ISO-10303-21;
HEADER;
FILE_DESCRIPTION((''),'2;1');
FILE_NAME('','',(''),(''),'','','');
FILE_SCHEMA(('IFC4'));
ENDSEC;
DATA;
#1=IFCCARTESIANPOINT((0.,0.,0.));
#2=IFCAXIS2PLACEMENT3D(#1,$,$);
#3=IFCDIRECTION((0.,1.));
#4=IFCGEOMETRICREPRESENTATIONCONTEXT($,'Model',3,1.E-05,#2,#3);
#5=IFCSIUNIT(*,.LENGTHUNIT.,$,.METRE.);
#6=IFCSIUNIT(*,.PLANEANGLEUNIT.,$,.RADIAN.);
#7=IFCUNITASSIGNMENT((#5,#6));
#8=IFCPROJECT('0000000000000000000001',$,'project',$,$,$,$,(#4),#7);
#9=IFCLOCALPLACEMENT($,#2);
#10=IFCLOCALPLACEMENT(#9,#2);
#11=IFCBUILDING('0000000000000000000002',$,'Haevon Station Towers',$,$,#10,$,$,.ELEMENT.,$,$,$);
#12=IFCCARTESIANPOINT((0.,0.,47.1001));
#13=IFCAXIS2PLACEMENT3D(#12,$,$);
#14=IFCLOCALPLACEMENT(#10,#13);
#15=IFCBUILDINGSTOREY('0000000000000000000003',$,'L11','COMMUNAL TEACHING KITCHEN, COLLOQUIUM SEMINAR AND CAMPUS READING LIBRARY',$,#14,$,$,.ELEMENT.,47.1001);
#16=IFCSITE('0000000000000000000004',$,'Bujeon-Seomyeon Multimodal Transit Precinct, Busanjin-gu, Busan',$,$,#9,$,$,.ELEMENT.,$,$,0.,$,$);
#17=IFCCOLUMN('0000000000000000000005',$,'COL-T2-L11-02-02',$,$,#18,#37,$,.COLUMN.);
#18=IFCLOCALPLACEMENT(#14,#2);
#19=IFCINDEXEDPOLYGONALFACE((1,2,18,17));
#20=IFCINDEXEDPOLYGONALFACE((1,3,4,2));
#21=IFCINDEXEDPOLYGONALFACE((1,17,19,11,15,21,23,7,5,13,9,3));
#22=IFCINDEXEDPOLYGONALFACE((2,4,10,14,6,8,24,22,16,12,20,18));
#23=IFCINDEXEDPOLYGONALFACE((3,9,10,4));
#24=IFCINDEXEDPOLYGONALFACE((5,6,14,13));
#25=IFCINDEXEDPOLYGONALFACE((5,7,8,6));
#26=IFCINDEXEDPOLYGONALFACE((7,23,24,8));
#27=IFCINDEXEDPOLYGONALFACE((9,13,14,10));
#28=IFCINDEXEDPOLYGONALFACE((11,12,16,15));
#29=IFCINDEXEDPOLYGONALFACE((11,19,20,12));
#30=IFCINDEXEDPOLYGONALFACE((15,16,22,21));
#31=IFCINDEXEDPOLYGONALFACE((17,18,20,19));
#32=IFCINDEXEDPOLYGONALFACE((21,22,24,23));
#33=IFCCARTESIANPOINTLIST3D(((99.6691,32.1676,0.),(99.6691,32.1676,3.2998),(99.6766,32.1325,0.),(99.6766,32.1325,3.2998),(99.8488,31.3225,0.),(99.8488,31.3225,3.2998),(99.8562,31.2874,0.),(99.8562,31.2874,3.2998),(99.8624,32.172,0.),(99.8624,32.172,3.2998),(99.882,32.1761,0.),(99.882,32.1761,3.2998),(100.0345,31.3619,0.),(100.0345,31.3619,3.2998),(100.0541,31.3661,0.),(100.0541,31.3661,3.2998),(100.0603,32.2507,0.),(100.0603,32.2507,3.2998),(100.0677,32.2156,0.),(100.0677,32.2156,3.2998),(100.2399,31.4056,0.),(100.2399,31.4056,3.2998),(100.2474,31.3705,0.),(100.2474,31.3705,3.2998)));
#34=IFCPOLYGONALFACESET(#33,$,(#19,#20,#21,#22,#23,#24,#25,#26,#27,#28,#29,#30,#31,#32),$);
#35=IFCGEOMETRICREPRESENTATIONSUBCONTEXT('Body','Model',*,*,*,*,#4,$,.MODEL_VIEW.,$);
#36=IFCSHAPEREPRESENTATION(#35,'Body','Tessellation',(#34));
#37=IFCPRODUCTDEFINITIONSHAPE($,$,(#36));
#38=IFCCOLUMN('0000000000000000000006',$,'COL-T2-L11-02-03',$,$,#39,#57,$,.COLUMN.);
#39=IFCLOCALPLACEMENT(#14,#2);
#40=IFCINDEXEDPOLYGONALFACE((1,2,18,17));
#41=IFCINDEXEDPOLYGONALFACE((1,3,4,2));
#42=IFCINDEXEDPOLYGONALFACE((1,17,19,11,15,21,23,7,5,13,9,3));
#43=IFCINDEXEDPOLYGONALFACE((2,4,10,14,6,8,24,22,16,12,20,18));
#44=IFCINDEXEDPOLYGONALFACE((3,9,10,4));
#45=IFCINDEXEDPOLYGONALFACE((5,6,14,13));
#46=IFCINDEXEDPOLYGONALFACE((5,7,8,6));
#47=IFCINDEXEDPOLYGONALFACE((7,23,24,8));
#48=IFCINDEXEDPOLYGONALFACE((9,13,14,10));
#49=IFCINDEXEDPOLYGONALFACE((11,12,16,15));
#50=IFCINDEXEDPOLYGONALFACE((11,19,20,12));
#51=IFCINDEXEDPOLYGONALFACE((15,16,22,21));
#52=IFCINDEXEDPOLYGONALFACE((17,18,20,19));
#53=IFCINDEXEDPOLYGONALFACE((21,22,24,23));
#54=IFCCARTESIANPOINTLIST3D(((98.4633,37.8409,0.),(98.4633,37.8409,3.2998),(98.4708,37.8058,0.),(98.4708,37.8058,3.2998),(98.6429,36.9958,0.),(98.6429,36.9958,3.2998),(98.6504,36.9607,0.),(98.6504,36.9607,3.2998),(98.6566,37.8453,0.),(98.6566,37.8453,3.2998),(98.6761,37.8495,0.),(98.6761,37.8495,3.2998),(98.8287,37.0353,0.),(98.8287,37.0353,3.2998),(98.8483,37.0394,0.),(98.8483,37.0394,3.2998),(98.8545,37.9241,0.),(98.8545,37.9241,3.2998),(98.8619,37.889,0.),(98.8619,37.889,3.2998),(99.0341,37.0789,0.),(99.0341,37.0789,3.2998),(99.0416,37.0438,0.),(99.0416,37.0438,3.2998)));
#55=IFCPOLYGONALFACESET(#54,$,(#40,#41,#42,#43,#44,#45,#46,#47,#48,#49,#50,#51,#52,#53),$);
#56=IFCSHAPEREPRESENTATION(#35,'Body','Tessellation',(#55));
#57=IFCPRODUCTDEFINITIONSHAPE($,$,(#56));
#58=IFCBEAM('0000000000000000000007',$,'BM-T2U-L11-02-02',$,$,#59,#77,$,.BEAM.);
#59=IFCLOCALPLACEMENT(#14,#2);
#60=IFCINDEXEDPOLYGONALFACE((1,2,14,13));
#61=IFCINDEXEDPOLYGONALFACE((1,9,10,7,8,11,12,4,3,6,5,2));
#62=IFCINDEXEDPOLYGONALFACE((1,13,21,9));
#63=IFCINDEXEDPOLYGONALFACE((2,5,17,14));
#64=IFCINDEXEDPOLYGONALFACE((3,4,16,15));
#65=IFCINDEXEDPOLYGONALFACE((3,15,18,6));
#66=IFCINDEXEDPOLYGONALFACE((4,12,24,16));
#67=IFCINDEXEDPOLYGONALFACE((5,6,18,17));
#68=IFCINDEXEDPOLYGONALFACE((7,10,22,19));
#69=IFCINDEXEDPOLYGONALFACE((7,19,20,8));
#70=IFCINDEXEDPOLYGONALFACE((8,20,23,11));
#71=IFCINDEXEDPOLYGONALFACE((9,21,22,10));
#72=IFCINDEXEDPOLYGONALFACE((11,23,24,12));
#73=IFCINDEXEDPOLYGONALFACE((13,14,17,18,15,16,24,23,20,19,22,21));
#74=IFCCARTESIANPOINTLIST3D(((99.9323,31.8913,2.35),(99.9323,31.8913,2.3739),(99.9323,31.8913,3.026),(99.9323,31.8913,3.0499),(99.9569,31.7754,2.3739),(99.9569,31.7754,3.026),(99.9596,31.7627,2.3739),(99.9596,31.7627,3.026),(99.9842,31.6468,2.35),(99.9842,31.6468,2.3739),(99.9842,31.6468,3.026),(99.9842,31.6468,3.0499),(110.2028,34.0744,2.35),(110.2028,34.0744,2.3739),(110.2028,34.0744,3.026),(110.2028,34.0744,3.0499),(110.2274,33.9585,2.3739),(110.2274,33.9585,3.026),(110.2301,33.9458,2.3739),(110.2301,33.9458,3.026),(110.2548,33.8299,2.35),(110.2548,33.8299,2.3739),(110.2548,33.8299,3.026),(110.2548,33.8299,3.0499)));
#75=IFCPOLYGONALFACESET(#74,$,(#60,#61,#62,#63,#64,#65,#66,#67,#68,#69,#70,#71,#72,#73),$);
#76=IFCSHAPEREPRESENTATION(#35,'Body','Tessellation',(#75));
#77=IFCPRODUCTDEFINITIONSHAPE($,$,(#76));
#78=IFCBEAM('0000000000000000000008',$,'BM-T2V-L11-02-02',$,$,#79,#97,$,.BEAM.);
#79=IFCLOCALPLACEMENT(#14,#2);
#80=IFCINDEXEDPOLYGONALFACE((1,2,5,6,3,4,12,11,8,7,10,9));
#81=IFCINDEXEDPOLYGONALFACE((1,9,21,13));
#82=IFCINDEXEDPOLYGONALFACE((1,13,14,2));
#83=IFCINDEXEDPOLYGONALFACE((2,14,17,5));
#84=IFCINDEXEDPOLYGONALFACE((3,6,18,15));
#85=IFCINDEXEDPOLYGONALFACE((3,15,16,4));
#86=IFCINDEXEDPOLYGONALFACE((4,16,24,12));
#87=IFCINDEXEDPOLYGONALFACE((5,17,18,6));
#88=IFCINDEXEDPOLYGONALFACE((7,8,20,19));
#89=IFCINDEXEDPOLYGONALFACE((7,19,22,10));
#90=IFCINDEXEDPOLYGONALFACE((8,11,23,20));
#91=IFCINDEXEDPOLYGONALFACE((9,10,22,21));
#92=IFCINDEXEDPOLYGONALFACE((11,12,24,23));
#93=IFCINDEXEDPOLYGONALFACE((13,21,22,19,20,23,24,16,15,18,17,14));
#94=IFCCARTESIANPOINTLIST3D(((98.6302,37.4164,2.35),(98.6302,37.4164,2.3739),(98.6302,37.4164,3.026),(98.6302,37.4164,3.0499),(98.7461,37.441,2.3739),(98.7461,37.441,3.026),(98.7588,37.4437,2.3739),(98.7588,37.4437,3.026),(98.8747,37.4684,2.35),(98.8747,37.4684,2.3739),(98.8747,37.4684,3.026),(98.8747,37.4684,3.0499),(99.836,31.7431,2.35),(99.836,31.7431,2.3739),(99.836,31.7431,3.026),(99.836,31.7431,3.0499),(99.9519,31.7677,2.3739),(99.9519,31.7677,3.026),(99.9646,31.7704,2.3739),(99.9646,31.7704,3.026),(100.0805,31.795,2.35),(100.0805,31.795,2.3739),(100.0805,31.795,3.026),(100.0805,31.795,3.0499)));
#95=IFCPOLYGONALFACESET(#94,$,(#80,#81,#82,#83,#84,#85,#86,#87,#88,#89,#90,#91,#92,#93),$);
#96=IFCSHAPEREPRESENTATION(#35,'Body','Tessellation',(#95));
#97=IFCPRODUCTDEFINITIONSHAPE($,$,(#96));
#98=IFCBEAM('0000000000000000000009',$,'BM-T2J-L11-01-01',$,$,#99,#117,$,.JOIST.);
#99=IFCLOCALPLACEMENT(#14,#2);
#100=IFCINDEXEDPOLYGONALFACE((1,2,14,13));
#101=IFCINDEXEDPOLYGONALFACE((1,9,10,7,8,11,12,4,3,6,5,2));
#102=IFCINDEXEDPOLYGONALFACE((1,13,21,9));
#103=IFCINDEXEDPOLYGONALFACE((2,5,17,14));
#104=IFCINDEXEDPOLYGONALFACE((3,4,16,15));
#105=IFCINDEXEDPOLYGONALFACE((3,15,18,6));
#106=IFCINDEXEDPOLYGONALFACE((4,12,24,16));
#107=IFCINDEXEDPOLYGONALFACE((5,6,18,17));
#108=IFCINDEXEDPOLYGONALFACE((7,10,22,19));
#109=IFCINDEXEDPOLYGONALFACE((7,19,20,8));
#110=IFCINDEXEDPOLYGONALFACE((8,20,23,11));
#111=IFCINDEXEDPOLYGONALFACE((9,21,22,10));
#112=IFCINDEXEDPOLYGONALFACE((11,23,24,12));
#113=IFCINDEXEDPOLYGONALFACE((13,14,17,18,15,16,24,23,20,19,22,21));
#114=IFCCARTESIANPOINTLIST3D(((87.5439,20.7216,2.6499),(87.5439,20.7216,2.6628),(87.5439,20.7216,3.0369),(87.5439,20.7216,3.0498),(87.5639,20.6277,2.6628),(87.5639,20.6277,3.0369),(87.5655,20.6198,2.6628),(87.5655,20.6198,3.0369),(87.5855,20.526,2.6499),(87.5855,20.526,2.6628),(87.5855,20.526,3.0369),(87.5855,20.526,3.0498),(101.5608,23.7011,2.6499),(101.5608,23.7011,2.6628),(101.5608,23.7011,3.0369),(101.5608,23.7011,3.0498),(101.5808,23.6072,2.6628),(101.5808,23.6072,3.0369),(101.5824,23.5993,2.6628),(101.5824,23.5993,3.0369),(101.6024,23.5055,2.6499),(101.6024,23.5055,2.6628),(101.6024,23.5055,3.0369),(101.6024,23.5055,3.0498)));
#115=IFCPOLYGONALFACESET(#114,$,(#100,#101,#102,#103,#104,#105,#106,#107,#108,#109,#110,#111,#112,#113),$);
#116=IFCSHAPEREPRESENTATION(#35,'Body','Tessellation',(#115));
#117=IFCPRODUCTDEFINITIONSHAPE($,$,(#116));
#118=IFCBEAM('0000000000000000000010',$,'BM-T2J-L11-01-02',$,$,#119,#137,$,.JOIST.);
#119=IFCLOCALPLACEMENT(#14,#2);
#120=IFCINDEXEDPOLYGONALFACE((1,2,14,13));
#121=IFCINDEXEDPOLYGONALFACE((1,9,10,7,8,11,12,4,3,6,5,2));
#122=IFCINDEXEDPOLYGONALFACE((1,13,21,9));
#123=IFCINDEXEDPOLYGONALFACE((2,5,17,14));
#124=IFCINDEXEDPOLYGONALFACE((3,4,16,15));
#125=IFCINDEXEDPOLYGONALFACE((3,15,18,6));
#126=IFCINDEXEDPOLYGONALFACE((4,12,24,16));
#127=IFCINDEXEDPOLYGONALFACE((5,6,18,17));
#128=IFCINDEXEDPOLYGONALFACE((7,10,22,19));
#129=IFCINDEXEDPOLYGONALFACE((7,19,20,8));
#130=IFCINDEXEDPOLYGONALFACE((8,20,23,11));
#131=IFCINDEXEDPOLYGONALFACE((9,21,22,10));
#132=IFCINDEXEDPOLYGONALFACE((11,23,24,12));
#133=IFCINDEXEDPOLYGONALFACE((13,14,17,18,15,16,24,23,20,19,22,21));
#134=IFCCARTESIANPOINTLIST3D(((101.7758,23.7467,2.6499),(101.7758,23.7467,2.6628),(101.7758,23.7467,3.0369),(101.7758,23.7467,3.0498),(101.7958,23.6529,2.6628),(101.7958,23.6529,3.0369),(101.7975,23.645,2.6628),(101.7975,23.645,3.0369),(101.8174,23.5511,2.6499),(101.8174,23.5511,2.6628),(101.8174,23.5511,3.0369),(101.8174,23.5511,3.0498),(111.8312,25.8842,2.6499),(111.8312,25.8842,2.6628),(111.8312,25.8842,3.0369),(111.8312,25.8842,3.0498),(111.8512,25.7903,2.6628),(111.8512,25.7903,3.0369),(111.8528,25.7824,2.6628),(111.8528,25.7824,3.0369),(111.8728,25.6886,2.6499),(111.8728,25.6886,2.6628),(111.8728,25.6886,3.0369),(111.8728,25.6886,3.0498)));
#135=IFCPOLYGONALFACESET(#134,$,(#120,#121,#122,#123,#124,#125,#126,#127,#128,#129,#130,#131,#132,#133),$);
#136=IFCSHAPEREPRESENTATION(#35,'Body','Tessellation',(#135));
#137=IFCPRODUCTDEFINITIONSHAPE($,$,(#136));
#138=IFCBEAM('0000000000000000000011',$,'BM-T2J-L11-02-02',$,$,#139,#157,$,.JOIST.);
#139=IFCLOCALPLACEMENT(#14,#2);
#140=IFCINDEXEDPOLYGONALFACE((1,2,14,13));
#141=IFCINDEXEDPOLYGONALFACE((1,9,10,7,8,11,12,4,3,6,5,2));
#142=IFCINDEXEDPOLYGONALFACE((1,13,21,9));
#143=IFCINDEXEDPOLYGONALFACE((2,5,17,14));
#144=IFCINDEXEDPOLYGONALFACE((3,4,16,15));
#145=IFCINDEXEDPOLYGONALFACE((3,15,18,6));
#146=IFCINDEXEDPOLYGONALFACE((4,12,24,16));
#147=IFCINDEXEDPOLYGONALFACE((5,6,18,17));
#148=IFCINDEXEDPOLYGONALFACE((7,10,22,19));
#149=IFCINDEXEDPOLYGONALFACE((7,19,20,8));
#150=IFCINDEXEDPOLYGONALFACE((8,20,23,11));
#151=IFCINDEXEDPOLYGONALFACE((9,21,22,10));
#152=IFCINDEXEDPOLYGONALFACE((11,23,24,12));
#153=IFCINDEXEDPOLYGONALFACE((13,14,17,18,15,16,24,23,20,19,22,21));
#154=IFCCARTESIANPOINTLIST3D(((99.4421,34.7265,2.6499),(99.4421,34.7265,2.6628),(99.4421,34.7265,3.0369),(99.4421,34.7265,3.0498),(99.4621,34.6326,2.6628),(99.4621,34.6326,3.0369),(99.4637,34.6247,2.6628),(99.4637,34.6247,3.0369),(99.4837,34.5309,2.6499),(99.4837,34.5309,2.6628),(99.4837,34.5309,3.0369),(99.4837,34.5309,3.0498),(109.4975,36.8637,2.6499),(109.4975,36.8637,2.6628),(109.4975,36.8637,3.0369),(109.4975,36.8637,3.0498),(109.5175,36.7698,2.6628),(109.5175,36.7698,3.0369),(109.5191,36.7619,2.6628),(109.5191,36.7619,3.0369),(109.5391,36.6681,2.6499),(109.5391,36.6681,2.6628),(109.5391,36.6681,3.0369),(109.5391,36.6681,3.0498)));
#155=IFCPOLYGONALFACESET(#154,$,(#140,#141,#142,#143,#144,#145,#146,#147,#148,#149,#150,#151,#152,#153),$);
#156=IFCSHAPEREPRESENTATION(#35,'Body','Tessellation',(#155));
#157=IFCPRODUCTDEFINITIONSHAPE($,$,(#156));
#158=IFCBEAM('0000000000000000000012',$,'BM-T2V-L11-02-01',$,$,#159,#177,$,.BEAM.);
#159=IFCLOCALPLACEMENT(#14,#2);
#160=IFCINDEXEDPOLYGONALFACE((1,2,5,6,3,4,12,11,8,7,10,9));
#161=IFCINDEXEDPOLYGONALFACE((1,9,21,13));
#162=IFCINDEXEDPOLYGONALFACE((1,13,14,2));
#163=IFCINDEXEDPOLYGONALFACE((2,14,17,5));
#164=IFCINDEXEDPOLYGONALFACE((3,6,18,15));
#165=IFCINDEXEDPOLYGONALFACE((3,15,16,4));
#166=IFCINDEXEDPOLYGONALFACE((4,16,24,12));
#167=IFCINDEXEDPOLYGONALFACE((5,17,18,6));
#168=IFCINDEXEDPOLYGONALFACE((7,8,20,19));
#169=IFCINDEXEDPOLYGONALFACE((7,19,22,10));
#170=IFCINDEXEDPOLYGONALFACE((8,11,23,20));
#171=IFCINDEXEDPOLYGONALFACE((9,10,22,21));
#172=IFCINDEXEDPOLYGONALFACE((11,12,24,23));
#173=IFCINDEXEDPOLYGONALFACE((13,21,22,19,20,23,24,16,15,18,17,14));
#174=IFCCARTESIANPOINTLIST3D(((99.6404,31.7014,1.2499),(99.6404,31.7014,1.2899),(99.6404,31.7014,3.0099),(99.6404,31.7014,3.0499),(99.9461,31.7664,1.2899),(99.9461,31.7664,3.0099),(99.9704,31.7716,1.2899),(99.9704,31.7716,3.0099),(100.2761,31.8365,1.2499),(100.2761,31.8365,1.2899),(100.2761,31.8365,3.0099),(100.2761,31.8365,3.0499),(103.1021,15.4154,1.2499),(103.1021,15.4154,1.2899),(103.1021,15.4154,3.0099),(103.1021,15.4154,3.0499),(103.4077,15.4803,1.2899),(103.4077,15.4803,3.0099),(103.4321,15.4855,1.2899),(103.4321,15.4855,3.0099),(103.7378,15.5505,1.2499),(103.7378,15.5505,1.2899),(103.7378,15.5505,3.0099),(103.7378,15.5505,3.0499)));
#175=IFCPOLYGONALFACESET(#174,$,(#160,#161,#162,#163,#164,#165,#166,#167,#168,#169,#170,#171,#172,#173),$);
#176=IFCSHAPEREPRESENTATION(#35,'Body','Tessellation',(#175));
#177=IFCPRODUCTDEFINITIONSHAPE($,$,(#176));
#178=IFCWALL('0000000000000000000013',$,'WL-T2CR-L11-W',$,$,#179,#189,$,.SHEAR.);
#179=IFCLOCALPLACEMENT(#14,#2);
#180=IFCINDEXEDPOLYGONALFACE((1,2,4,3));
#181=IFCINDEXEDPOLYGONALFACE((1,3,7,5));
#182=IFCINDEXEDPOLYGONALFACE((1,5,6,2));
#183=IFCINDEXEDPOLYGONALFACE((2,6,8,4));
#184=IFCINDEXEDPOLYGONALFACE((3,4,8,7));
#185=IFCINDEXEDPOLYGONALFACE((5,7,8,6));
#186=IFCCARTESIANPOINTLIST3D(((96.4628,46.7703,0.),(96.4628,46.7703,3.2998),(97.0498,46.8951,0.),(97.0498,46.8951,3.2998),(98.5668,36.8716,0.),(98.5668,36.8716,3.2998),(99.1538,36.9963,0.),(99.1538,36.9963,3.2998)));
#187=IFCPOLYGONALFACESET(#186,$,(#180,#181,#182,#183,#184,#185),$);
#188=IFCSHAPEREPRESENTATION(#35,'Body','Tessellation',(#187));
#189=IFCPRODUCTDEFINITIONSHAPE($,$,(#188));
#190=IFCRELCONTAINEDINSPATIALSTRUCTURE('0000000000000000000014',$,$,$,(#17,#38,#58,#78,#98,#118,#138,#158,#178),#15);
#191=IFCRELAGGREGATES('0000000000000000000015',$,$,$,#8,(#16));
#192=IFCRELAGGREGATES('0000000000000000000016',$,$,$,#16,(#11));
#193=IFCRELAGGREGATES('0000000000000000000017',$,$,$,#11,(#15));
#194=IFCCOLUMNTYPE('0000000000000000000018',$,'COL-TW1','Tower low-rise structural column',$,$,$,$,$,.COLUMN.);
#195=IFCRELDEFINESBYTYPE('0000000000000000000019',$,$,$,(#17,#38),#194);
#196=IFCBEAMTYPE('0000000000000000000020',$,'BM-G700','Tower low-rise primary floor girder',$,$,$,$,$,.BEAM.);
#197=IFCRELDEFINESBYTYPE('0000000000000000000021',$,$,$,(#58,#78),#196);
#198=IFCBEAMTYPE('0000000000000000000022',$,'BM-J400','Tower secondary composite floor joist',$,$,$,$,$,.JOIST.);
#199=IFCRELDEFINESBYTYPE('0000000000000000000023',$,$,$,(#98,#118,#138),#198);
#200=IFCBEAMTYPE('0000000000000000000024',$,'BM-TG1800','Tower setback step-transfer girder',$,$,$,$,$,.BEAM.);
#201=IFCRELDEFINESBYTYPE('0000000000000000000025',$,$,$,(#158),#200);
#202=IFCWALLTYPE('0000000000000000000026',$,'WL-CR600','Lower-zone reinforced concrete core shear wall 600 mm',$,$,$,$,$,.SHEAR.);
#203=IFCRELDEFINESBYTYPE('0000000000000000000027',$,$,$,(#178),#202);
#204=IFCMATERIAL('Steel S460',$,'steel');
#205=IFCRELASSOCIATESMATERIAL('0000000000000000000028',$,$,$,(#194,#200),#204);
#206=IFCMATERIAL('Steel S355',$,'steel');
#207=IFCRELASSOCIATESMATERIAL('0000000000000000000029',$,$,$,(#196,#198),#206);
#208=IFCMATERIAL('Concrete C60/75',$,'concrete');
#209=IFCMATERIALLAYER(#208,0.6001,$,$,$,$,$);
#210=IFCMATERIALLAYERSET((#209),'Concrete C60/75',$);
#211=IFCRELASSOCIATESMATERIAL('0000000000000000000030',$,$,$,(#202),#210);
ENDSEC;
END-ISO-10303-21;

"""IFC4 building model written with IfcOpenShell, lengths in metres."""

from ifc_helpers import new_model, si_unit, direction, frame, frame_2d, origin, origin_2d, place, context, subcontext, project, spatial, rectangle, i_section, extrude, material, layer, layer_set, material_profile, profile_set, type_object, element, save


model = new_model("IFC4")

# Units and contexts
model_context = context("Model", 3, precision=1e-05, world=origin(), true_north=direction((0.0, 1.0)))
body_context = subcontext(model_context, "Body", "Model", "MODEL_VIEW")
ifc_project = project(units=[si_unit("LENGTHUNIT", "METRE"), si_unit("PLANEANGLEUNIT", "RADIAN")], contexts=[model_context])

# Site, building, storey
site_placement = place(None, origin())
site = spatial("IfcSite", under=ifc_project, at=site_placement, Name="Bujeon-Seomyeon Multimodal Transit Precinct, Busanjin-gu, Busan", CompositionType="ELEMENT", RefElevation=0.0)
building_placement = place(site_placement, origin())
building = spatial("IfcBuilding", under=site, at=building_placement, Name="Haevon Station Towers", CompositionType="ELEMENT")
storey_placement = place(building_placement, frame((0.0, 0.0, 47.1001)))
storey = spatial("IfcBuildingStorey", under=building, at=storey_placement, Name="L11", Description="COMMUNAL TEACHING KITCHEN, COLLOQUIUM SEMINAR AND CAMPUS READING LIBRARY", CompositionType="ELEMENT", Elevation=47.1001)

# Columns
ifc_material_1 = material(Name="Steel S460", Category="steel")
ifc_material_profile_1 = material_profile(ifc_material_1, i_section(OverallWidth=0.3999, OverallDepth=0.8999, WebThickness=0.02, FlangeThickness=0.0359, at=origin_2d()), Name="H-900x400x20x36")
ifc_profile_set_1 = profile_set([ifc_material_profile_1], Name="Steel S460")
column_type = type_object("IfcColumnType", Name="COL-TW1", Description="Tower low-rise structural column", PredefinedType="COLUMN", material=ifc_profile_set_1)
for number, where, z_axis, x_axis, name in (
    (1, (99.9583, 31.769, 0.0), (0.0, 0.0, 1.0), (0.978148, 0.207912, 0.0), "COL-T2-L11-02-02"),
    (2, (98.7524, 37.4424, 0.0), (0.0, 0.0, 1.0), (0.978148, 0.207912, 0.0), "COL-T2-L11-02-03"),
):
    element("IfcColumn", number, at=place(storey_placement, frame(where, z_axis=z_axis, x_axis=x_axis)), inside=storey, type_object=column_type, Name=name, PredefinedType="COLUMN", context=body_context, shape_type="SweptSolid", body=[
        extrude(i_section(OverallWidth=0.3999, OverallDepth=0.8999, WebThickness=0.02, FlangeThickness=0.0359, at=origin_2d()), origin(), (0.0, 0.0, 1.0), 3.2998),
    ])

# Beams
ifc_material_2 = material(Name="Steel S355", Category="steel")
ifc_material_profile_2 = material_profile(ifc_material_2, i_section(OverallWidth=0.25, OverallDepth=0.7, WebThickness=0.0129, FlangeThickness=0.0239, at=origin_2d()), Name="H-700x250x13x24")
ifc_profile_set_2 = profile_set([ifc_material_profile_2], Name="Steel S355")
beam_type_1 = type_object("IfcBeamType", Name="BM-G700", Description="Tower low-rise primary floor girder", PredefinedType="BEAM", material=ifc_profile_set_2)
beam_1_placement = place(storey_placement, frame((99.9583, 31.769, 2.7), z_axis=(0.978147, 0.207915, 0.0), x_axis=(-0.207915, 0.978147, 0.0)))
element("IfcBeam", 3, at=beam_1_placement, inside=storey, type_object=beam_type_1, Name="BM-T2U-L11-02-02", PredefinedType="BEAM", context=body_context, shape_type="SweptSolid", body=[
    extrude(i_section(OverallWidth=0.25, OverallDepth=0.7, WebThickness=0.0129, FlangeThickness=0.0239, at=origin_2d()), origin(), (0.0, 0.0, 1.0), 10.5),
])
beam_2_placement = place(storey_placement, frame((99.9583, 31.769, 2.7), z_axis=(-0.207896, 0.978151, 0.0), x_axis=(-0.978151, -0.207896, 0.0)))
element("IfcBeam", 4, at=beam_2_placement, inside=storey, type_object=beam_type_1, Name="BM-T2V-L11-02-02", PredefinedType="BEAM", context=body_context, shape_type="SweptSolid", body=[
    extrude(i_section(OverallWidth=0.25, OverallDepth=0.7, WebThickness=0.0129, FlangeThickness=0.0239, at=origin_2d()), origin(), (0.0, 0.0, 1.0), 5.8),
])
ifc_material_profile_3 = material_profile(ifc_material_2, i_section(OverallWidth=0.2, OverallDepth=0.3999, WebThickness=0.0081, FlangeThickness=0.0129, at=origin_2d()), Name="H-400x200x8x13")
ifc_profile_set_3 = profile_set([ifc_material_profile_3], Name="Steel S355")
beam_type_2 = type_object("IfcBeamType", Name="BM-J400", Description="Tower secondary composite floor joist", PredefinedType="JOIST", material=ifc_profile_set_3)
beam_3_placement = place(storey_placement, frame((87.5647, 20.6238, 2.8499), z_axis=(0.978146, 0.20792, 0.0), x_axis=(-0.20792, 0.978146, 0.0)))
element("IfcBeam", 5, at=beam_3_placement, inside=storey, type_object=beam_type_2, Name="BM-T2J-L11-01-01", PredefinedType="JOIST", context=body_context, shape_type="SweptSolid", body=[
    extrude(i_section(OverallWidth=0.2, OverallDepth=0.3999, WebThickness=0.0081, FlangeThickness=0.0129, at=origin_2d()), origin(), (0.0, 0.0, 1.0), 14.3301),
])
for number, where, z_axis, x_axis, name in (
    (6, (101.7966, 23.6489, 2.8499), (0.978146, 0.207922, 0.0), (-0.207922, 0.978146, 0.0), "BM-T2J-L11-01-02"),
    (7, (99.4629, 34.6287, 2.8499), (0.97815, 0.207899, 0.0), (-0.207899, 0.97815, 0.0), "BM-T2J-L11-02-02"),
):
    element("IfcBeam", number, at=place(storey_placement, frame(where, z_axis=z_axis, x_axis=x_axis)), inside=storey, type_object=beam_type_2, Name=name, PredefinedType="JOIST", context=body_context, shape_type="SweptSolid", body=[
        extrude(i_section(OverallWidth=0.2, OverallDepth=0.3999, WebThickness=0.0081, FlangeThickness=0.0129, at=origin_2d()), origin(), (0.0, 0.0, 1.0), 10.28),
    ])
ifc_material_profile_4 = material_profile(ifc_material_1, i_section(OverallWidth=0.6499, OverallDepth=1.8, WebThickness=0.0249, FlangeThickness=0.04, at=origin_2d()), Name="H-1800x650x25x40")
ifc_profile_set_4 = profile_set([ifc_material_profile_4], Name="Steel S460")
beam_type_3 = type_object("IfcBeamType", Name="BM-TG1800", Description="Tower setback step-transfer girder", PredefinedType="BEAM", material=ifc_profile_set_4)
beam_4_placement = place(storey_placement, frame((103.4199, 15.4829, 2.1499), z_axis=(-0.207909, 0.978148, 0.0), x_axis=(-0.978148, -0.207909, 0.0)))
element("IfcBeam", 8, at=beam_4_placement, inside=storey, type_object=beam_type_3, Name="BM-T2V-L11-02-01", PredefinedType="BEAM", context=body_context, shape_type="SweptSolid", body=[
    extrude(i_section(OverallWidth=0.6499, OverallDepth=1.8, WebThickness=0.0249, FlangeThickness=0.04, at=origin_2d()), origin(), (0.0, 0.0, 1.0), 16.6499),
])

# Wall
ifc_material_3 = material(Name="Concrete C60/75", Category="concrete")
ifc_layer_1 = layer(ifc_material_3, 0.6001)
ifc_layer_set_1 = layer_set([ifc_layer_1], Name="Concrete C60/75")
wall_type_1 = type_object("IfcWallType", Name="WL-CR600", Description="Lower-zone reinforced concrete core shear wall 600 mm", PredefinedType="SHEAR", material=ifc_layer_set_1)
wall_1_placement = place(storey_placement, frame((98.8604, 36.9338, 0.0), z_axis=(0.0, 0.0, 1.0), x_axis=(-0.207909, 0.978148, 0.0)))
element("IfcWall", 9, at=wall_1_placement, inside=storey, type_object=wall_type_1, Name="WL-T2CR-L11-W", PredefinedType="SHEAR", context=body_context, shape_type="SweptSolid", body=[
    extrude(rectangle(XDim=10.1199, YDim=0.6001, at=frame_2d((5.0601, 0.0))), origin(), (0.0, 0.0, 1.0), 3.2998),
])

save(model, "model.ifc")
